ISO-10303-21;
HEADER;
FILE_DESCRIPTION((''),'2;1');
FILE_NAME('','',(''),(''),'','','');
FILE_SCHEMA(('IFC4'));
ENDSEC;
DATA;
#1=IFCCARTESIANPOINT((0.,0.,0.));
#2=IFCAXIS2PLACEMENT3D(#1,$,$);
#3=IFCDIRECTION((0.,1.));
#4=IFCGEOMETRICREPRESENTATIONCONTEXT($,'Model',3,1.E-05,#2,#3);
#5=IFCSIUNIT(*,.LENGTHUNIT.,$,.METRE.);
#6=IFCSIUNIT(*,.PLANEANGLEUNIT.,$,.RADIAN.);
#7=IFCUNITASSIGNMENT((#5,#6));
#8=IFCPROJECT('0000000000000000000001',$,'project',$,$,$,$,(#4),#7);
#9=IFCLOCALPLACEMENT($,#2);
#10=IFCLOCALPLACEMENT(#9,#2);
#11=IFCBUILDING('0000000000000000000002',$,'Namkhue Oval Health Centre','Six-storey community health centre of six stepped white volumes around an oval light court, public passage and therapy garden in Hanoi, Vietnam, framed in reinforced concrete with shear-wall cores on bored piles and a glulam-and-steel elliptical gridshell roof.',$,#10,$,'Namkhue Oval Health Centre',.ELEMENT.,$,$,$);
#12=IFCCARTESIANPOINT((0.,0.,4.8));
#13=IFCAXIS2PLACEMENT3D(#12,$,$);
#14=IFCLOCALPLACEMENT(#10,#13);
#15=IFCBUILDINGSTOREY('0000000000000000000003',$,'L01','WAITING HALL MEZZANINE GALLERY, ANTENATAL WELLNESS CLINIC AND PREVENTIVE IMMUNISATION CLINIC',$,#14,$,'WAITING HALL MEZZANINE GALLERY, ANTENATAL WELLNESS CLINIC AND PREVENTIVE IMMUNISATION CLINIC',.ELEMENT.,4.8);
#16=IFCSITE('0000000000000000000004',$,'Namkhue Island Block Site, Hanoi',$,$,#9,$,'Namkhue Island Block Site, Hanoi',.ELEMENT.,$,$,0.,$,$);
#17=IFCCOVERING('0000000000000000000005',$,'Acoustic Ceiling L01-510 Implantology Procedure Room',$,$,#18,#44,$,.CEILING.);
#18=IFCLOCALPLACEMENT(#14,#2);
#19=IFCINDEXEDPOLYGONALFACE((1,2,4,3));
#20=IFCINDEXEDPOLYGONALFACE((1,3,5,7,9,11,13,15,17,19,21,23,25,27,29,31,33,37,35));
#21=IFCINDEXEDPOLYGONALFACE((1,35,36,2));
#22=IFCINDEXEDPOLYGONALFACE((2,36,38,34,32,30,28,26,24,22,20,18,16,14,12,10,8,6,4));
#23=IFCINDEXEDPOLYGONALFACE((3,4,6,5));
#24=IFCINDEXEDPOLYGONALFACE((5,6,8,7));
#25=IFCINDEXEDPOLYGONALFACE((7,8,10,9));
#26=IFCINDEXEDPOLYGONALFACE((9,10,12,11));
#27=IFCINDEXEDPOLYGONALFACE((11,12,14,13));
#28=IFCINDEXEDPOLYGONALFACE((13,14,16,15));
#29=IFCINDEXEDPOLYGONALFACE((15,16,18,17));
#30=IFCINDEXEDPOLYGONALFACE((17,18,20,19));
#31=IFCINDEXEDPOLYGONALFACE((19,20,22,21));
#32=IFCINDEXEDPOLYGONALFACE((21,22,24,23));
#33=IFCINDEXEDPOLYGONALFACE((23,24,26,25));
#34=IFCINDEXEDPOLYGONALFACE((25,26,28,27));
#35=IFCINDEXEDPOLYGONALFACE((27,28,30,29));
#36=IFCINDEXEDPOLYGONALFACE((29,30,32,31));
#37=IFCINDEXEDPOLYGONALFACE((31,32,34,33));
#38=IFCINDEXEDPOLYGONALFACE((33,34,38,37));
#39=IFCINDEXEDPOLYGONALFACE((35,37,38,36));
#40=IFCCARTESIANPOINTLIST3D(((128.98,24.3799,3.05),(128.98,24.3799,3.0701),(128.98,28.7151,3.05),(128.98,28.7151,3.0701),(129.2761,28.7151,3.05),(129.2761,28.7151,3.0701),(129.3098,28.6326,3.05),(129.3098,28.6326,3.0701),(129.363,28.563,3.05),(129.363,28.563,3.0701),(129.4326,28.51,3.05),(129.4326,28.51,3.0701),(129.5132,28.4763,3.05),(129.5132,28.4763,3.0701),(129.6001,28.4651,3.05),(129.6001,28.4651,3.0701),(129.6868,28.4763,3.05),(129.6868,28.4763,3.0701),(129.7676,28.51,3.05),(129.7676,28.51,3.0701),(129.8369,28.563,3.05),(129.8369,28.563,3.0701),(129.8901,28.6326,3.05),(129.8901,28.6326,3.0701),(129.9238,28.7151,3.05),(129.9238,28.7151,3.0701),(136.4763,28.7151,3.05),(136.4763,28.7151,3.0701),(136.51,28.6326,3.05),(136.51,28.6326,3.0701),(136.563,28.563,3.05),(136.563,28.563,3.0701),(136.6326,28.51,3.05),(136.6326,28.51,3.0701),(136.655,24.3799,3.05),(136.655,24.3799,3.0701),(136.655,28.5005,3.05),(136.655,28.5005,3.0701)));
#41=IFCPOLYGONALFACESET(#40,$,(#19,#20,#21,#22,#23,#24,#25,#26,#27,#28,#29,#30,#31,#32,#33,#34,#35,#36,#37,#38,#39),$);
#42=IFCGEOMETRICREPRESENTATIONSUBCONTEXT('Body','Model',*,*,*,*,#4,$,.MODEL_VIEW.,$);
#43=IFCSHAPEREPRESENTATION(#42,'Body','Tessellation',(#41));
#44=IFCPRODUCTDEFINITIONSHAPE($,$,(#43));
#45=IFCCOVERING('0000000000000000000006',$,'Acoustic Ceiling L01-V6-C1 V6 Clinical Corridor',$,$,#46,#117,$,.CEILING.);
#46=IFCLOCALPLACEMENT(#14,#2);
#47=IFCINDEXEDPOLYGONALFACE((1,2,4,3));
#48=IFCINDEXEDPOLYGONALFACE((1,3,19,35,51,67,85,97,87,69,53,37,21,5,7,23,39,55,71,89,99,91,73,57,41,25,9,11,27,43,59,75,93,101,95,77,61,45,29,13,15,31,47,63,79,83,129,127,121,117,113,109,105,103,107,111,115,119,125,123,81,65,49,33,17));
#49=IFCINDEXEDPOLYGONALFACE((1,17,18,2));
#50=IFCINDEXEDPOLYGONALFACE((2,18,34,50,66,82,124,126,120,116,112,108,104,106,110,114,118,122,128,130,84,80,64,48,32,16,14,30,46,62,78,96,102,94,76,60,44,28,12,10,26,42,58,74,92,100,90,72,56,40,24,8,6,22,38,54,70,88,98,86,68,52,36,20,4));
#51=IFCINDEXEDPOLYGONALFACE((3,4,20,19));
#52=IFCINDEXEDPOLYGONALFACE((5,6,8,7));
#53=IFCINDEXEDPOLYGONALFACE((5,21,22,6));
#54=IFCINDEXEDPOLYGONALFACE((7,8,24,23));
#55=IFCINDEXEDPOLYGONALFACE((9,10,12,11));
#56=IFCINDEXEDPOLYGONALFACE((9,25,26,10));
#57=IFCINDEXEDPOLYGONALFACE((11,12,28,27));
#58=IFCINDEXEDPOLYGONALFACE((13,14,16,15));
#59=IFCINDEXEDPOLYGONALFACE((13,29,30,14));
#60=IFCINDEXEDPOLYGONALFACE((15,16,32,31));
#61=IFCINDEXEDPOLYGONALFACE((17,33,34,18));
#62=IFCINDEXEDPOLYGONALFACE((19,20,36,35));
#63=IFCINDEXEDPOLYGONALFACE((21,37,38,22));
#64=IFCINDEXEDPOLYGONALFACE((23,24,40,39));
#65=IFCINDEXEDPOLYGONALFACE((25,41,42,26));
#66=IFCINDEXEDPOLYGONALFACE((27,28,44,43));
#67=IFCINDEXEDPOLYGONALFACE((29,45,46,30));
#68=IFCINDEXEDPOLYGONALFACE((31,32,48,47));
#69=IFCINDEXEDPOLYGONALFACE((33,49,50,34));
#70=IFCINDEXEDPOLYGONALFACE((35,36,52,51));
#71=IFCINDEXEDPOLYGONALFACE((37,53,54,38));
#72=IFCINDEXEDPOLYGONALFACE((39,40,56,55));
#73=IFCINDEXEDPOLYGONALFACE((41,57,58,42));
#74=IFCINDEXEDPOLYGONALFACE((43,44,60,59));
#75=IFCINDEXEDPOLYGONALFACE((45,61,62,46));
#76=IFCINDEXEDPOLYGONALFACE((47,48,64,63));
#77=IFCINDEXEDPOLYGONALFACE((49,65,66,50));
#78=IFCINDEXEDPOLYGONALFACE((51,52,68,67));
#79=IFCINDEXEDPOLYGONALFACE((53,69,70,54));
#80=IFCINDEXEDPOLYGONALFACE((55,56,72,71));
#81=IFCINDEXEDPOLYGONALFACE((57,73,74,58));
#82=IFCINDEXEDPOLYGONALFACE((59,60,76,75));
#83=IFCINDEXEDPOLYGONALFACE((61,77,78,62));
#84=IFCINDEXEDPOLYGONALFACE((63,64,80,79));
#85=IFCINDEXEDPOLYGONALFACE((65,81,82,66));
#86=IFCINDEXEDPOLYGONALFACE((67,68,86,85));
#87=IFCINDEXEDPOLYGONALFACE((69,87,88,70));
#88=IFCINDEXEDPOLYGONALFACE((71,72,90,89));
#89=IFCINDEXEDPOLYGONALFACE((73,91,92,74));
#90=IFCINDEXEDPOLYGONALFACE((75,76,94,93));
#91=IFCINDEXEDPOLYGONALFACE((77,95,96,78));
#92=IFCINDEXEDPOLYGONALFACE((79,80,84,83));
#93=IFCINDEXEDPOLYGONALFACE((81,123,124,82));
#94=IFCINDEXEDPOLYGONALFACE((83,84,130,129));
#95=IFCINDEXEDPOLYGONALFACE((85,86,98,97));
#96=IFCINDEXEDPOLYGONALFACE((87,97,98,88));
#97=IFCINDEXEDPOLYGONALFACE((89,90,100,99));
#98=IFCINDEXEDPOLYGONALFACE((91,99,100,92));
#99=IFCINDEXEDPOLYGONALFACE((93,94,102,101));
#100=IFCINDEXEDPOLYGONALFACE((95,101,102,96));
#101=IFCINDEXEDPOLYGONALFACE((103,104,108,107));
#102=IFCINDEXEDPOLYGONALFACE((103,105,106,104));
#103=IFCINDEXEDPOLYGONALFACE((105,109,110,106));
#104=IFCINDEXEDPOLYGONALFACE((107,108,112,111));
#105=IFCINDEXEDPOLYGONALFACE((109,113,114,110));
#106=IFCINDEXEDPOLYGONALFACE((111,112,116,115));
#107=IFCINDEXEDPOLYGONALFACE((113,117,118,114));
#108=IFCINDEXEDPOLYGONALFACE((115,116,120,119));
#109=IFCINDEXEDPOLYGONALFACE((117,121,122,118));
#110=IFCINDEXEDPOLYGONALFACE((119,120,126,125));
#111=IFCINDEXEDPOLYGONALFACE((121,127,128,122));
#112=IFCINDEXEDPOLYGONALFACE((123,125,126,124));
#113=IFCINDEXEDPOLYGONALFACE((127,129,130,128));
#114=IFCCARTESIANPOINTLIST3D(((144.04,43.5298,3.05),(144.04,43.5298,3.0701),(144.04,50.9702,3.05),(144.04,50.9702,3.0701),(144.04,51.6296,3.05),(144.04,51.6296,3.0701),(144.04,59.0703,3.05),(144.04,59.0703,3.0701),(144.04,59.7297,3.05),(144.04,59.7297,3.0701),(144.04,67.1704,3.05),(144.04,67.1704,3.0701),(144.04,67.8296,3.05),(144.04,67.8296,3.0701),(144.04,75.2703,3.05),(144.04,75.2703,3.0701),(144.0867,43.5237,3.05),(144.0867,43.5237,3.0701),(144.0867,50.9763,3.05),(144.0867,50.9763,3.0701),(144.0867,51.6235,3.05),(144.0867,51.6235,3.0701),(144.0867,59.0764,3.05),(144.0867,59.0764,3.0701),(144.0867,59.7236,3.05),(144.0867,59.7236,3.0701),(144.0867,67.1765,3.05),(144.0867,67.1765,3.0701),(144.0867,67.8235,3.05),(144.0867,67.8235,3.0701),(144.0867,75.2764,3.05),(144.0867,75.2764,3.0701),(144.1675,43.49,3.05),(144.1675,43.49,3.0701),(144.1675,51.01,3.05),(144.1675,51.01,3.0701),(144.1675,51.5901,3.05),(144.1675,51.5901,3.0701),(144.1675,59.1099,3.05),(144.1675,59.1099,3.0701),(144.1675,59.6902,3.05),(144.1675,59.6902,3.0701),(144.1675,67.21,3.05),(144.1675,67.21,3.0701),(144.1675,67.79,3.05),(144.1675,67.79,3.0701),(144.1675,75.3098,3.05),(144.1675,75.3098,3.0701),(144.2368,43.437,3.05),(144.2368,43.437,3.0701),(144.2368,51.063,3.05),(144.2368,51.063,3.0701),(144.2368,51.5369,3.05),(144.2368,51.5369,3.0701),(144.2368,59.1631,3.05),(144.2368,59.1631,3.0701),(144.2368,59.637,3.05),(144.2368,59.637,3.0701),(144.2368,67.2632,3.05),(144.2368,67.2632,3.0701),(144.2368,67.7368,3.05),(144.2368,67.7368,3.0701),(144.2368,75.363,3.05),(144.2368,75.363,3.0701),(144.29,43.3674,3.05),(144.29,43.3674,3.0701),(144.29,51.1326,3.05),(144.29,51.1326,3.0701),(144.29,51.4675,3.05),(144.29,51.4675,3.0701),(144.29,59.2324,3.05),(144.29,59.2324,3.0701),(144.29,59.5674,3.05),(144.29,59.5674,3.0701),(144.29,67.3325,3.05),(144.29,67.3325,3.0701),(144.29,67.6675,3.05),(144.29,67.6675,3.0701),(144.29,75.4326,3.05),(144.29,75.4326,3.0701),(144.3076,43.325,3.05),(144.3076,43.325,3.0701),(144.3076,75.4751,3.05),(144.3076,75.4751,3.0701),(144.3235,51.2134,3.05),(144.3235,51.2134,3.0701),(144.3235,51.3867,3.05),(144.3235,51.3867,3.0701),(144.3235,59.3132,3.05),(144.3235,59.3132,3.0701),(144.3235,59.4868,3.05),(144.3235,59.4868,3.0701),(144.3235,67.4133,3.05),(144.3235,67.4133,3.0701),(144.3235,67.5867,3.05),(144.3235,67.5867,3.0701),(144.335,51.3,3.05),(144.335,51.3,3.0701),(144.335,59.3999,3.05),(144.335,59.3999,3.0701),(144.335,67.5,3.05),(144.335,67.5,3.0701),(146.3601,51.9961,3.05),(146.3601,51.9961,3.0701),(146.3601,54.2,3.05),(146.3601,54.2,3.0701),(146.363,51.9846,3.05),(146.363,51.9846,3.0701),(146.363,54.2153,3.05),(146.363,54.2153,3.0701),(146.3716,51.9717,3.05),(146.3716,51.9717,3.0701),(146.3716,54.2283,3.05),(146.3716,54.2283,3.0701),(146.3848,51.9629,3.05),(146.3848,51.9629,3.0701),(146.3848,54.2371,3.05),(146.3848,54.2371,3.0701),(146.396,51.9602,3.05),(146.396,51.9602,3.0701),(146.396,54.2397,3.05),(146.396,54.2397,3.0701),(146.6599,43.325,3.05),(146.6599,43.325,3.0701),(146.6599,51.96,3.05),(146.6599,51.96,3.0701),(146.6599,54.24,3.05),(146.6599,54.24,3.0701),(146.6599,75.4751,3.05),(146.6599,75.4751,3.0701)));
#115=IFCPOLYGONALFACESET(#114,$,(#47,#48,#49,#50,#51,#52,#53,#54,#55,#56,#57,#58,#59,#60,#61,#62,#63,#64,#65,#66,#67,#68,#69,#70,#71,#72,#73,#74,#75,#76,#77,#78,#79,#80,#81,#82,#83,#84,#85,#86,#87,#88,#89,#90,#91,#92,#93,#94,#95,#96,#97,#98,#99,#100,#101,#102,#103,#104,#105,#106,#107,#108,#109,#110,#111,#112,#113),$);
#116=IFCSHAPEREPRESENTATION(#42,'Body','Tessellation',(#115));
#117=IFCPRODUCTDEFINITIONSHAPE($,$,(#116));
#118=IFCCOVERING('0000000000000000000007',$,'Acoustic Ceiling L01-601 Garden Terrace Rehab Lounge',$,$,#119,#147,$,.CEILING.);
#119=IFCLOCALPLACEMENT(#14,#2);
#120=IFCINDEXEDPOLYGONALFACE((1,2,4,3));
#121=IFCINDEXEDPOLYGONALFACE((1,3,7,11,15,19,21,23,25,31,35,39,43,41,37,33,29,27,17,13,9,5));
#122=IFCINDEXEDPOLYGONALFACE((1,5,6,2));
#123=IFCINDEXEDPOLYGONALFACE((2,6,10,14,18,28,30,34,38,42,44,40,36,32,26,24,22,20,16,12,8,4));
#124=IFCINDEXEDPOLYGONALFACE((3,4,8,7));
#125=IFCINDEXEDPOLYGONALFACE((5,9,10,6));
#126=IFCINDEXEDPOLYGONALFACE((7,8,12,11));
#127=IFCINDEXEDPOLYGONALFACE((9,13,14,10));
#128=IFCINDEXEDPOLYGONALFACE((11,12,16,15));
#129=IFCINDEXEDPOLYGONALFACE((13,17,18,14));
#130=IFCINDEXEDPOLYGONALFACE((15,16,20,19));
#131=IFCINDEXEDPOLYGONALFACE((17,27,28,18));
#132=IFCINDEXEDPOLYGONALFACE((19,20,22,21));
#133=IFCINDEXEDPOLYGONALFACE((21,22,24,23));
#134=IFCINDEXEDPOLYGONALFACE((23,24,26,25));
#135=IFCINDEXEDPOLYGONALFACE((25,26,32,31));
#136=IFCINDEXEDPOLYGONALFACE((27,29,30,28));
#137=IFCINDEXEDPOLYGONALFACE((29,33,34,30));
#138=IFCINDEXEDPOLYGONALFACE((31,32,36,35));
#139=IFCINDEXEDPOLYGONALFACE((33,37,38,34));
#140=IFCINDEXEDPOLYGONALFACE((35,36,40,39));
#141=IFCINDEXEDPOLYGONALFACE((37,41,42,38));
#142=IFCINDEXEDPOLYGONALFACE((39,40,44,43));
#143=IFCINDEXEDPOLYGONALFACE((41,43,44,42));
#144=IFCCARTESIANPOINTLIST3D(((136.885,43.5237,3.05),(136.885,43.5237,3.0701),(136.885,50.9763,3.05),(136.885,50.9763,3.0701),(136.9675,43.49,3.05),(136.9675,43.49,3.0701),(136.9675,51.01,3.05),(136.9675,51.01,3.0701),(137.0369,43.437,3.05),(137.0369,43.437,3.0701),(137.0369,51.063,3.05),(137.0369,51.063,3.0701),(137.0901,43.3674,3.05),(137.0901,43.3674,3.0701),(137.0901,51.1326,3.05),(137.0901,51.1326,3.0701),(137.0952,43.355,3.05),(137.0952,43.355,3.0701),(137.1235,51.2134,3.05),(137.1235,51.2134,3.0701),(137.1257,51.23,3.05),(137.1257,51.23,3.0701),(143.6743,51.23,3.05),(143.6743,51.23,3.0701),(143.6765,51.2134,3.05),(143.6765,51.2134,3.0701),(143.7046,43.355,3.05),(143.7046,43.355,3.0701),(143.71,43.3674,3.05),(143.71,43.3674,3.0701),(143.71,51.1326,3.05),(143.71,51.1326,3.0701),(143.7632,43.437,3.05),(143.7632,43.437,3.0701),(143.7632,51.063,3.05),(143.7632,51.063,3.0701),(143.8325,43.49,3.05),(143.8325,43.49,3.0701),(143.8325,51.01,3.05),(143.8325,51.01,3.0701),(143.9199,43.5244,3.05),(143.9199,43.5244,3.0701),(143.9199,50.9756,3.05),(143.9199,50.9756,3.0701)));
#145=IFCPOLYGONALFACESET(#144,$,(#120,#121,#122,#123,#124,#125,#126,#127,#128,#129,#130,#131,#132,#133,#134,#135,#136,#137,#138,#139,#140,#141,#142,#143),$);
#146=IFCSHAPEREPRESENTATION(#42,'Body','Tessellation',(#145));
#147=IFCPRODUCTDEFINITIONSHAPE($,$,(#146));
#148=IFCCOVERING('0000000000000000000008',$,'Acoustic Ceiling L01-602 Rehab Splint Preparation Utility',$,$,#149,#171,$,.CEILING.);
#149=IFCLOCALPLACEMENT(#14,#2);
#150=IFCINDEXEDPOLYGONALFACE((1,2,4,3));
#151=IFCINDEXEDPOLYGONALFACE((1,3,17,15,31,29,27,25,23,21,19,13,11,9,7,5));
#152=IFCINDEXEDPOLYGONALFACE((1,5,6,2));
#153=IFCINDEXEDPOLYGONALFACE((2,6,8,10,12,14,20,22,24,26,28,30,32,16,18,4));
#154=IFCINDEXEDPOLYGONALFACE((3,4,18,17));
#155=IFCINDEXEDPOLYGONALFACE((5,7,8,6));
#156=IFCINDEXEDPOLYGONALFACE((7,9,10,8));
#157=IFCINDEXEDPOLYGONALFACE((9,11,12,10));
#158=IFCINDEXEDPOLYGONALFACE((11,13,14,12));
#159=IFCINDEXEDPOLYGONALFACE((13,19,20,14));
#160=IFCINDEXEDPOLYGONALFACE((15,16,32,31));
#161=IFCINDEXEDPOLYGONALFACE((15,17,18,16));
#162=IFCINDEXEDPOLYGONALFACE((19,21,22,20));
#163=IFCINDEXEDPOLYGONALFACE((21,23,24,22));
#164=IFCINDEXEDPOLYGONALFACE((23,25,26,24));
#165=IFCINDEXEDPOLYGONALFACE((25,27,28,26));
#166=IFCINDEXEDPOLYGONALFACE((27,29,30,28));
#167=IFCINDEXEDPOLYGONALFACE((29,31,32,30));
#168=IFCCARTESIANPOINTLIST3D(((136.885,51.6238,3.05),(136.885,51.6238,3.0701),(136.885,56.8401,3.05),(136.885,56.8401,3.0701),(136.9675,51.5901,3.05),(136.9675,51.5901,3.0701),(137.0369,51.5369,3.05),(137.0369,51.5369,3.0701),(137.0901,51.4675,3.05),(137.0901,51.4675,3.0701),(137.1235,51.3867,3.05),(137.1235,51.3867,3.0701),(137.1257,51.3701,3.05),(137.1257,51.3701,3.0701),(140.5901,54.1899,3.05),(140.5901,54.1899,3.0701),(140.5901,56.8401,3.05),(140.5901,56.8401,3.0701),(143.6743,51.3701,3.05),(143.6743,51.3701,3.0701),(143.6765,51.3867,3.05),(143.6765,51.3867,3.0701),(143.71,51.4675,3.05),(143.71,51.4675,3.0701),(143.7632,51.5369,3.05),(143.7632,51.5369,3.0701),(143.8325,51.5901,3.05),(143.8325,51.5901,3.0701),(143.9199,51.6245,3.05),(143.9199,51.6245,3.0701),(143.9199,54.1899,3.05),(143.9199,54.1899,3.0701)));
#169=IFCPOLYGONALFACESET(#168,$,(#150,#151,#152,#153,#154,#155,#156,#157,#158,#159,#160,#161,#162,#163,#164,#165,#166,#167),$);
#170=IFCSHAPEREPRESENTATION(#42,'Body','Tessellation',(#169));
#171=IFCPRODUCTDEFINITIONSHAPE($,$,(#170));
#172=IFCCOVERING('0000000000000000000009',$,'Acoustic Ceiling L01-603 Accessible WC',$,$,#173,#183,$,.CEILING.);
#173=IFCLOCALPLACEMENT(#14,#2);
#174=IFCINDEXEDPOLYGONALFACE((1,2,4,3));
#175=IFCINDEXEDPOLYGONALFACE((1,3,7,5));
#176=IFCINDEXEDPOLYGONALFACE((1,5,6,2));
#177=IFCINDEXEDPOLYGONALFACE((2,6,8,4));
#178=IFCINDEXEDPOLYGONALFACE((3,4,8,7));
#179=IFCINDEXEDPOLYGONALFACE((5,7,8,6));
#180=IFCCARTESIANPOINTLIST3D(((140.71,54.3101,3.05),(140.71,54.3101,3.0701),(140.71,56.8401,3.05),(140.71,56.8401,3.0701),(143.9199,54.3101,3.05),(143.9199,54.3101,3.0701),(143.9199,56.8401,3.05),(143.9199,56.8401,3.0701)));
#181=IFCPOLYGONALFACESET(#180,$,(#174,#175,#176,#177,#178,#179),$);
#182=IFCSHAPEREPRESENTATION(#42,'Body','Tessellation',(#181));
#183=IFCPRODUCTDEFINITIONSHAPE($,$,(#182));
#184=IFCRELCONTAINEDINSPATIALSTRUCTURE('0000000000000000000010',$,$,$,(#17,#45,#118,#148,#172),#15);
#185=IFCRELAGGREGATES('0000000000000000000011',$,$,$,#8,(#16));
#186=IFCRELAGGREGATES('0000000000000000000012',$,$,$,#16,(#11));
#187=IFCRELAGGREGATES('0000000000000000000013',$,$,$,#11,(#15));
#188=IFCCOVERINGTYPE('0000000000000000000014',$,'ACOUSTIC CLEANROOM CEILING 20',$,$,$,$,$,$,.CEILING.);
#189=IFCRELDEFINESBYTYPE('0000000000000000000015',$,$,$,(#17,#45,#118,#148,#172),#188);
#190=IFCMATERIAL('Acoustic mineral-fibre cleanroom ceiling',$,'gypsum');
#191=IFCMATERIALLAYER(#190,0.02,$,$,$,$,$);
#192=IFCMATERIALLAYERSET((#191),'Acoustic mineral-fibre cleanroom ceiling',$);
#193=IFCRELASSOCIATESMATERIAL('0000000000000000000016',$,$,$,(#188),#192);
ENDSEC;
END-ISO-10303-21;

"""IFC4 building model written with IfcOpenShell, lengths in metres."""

from ifc_helpers import new_model, si_unit, direction, frame, origin, place, context, subcontext, project, spatial, polyline, outline, extrude, material, layer, layer_set, type_object, element, save


model = new_model("IFC4")

# Units and contexts
model_context = context("Model", 3, precision=1e-05, world=origin(), true_north=direction((0.0, 1.0)))
body_context = subcontext(model_context, "Body", "Model", "MODEL_VIEW")
ifc_project = project(units=[si_unit("LENGTHUNIT", "METRE"), si_unit("PLANEANGLEUNIT", "RADIAN")], contexts=[model_context])

# Site, building, storey
site_placement = place(None, origin())
site = spatial("IfcSite", under=ifc_project, at=site_placement, Name="Namkhue Island Block Site, Hanoi", LongName="Namkhue Island Block Site, Hanoi", CompositionType="ELEMENT", RefElevation=0.0)
building_placement = place(site_placement, origin())
building = spatial("IfcBuilding", under=site, at=building_placement, Name="Namkhue Oval Health Centre", Description="Six-storey community health centre of six stepped white volumes around an oval light court, public passage and therapy garden in Hanoi, Vietnam, framed in reinforced concrete with shear-wall cores on bored piles and a glulam-and-steel elliptical gridshell roof.", LongName="Namkhue Oval Health Centre", CompositionType="ELEMENT")
storey_placement = place(building_placement, frame((0.0, 0.0, 4.8)))
storey = spatial("IfcBuildingStorey", under=building, at=storey_placement, Name="L01", Description="WAITING HALL MEZZANINE GALLERY, ANTENATAL WELLNESS CLINIC AND PREVENTIVE IMMUNISATION CLINIC", LongName="WAITING HALL MEZZANINE GALLERY, ANTENATAL WELLNESS CLINIC AND PREVENTIVE IMMUNISATION CLINIC", CompositionType="ELEMENT", Elevation=4.8)

# Coverings
ifc_material_1 = material(Name="Acoustic mineral-fibre cleanroom ceiling", Category="gypsum")
ifc_layer_1 = layer(ifc_material_1, 0.02)
ifc_layer_set_1 = layer_set([ifc_layer_1], Name="Acoustic mineral-fibre cleanroom ceiling")
covering_type_1 = type_object("IfcCoveringType", Name="ACOUSTIC CLEANROOM CEILING 20", PredefinedType="CEILING", material=ifc_layer_set_1)
covering_1_placement = place(storey_placement, frame((0.0, 0.0, 3.05)))
element("IfcCovering", 1, at=covering_1_placement, inside=storey, type_object=covering_type_1, Name="Acoustic Ceiling L01-510 Implantology Procedure Room", PredefinedType="CEILING", context=body_context, shape_type="SweptSolid", body=[
    extrude(outline(polyline([(128.98, 24.3799), (128.98, 28.7151), (129.2761, 28.7151), (129.3098, 28.6326), (129.363, 28.563), (129.4326, 28.51), (129.5132, 28.4763), (129.6001, 28.4651), (129.6868, 28.4763), (129.7676, 28.51), (129.8369, 28.563), (129.8901, 28.6326), (129.9238, 28.7151), (136.4763, 28.7151), (136.51, 28.6326), (136.563, 28.563), (136.6326, 28.51), (136.655, 28.5005), (136.655, 24.3799), (128.98, 24.3799)])), origin(), (0.0, 0.0, 1.0), 0.02),
])
covering_2_placement = place(storey_placement, frame((0.0, 0.0, 3.05)))
element("IfcCovering", 2, at=covering_2_placement, inside=storey, type_object=covering_type_1, Name="Acoustic Ceiling L01-V6-C1 V6 Clinical Corridor", PredefinedType="CEILING", context=body_context, shape_type="SweptSolid", body=[
    extrude(outline(polyline([(144.04, 50.9702), (144.0867, 50.9763), (144.1675, 51.01), (144.2368, 51.063), (144.29, 51.1326), (144.3235, 51.2134), (144.335, 51.3), (144.3235, 51.3867), (144.29, 51.4675), (144.2368, 51.5369), (144.1675, 51.5901), (144.0867, 51.6235), (144.04, 51.6296), (144.04, 59.0703), (144.0867, 59.0764), (144.1675, 59.1099), (144.2368, 59.1631), (144.29, 59.2324), (144.3235, 59.3132), (144.335, 59.3999), (144.3235, 59.4868), (144.29, 59.5674), (144.2368, 59.637), (144.1675, 59.6902), (144.0867, 59.7236), (144.04, 59.7297), (144.04, 67.1704), (144.0867, 67.1765), (144.1675, 67.21), (144.2368, 67.2632), (144.29, 67.3325), (144.3235, 67.4133), (144.335, 67.5), (144.3235, 67.5867), (144.29, 67.6675), (144.2368, 67.7368), (144.1675, 67.79), (144.0867, 67.8235), (144.04, 67.8296), (144.04, 75.2703), (144.0867, 75.2764), (144.1675, 75.3098), (144.2368, 75.363), (144.29, 75.4326), (144.3076, 75.4751), (146.6599, 75.4751), (146.6599, 54.24), (146.396, 54.2397), (146.3848, 54.2371), (146.3716, 54.2283), (146.363, 54.2153), (146.3601, 54.2), (146.3601, 51.9961), (146.363, 51.9846), (146.3716, 51.9717), (146.3848, 51.9629), (146.396, 51.9602), (146.6599, 51.96), (146.6599, 43.325), (144.3076, 43.325), (144.29, 43.3674), (144.2368, 43.437), (144.1675, 43.49), (144.0867, 43.5237), (144.04, 43.5298), (144.04, 50.9702)])), origin(), (0.0, 0.0, 1.0), 0.02),
])
covering_3_placement = place(storey_placement, frame((0.0, 0.0, 3.05)))
element("IfcCovering", 3, at=covering_3_placement, inside=storey, type_object=covering_type_1, Name="Acoustic Ceiling L01-601 Garden Terrace Rehab Lounge", PredefinedType="CEILING", context=body_context, shape_type="SweptSolid", body=[
    extrude(outline(polyline([(137.0952, 43.355), (137.0901, 43.3674), (137.0369, 43.437), (136.9675, 43.49), (136.885, 43.5237), (136.885, 50.9763), (136.9675, 51.01), (137.0369, 51.063), (137.0901, 51.1326), (137.1235, 51.2134), (137.1257, 51.23), (143.6743, 51.23), (143.6765, 51.2134), (143.71, 51.1326), (143.7632, 51.063), (143.8325, 51.01), (143.9199, 50.9756), (143.9199, 43.5244), (143.8325, 43.49), (143.7632, 43.437), (143.71, 43.3674), (143.7046, 43.355), (137.0952, 43.355)])), origin(), (0.0, 0.0, 1.0), 0.02),
])
covering_4_placement = place(storey_placement, frame((0.0, 0.0, 3.05)))
element("IfcCovering", 4, at=covering_4_placement, inside=storey, type_object=covering_type_1, Name="Acoustic Ceiling L01-602 Rehab Splint Preparation Utility", PredefinedType="CEILING", context=body_context, shape_type="SweptSolid", body=[
    extrude(outline(polyline([(136.885, 56.8401), (140.5901, 56.8401), (140.5901, 54.1899), (143.9199, 54.1899), (143.9199, 51.6245), (143.8325, 51.5901), (143.7632, 51.5369), (143.71, 51.4675), (143.6765, 51.3867), (143.6743, 51.3701), (137.1257, 51.3701), (137.1235, 51.3867), (137.0901, 51.4675), (137.0369, 51.5369), (136.9675, 51.5901), (136.885, 51.6238), (136.885, 56.8401)])), origin(), (0.0, 0.0, 1.0), 0.02),
])
covering_5_placement = place(storey_placement, frame((0.0, 0.0, 3.05)))
element("IfcCovering", 5, at=covering_5_placement, inside=storey, type_object=covering_type_1, Name="Acoustic Ceiling L01-603 Accessible WC", PredefinedType="CEILING", context=body_context, shape_type="SweptSolid", body=[
    extrude(outline(polyline([(140.71, 54.3101), (140.71, 56.8401), (143.9199, 56.8401), (143.9199, 54.3101), (140.71, 54.3101)])), origin(), (0.0, 0.0, 1.0), 0.02),
])

save(model, "model.ifc")
